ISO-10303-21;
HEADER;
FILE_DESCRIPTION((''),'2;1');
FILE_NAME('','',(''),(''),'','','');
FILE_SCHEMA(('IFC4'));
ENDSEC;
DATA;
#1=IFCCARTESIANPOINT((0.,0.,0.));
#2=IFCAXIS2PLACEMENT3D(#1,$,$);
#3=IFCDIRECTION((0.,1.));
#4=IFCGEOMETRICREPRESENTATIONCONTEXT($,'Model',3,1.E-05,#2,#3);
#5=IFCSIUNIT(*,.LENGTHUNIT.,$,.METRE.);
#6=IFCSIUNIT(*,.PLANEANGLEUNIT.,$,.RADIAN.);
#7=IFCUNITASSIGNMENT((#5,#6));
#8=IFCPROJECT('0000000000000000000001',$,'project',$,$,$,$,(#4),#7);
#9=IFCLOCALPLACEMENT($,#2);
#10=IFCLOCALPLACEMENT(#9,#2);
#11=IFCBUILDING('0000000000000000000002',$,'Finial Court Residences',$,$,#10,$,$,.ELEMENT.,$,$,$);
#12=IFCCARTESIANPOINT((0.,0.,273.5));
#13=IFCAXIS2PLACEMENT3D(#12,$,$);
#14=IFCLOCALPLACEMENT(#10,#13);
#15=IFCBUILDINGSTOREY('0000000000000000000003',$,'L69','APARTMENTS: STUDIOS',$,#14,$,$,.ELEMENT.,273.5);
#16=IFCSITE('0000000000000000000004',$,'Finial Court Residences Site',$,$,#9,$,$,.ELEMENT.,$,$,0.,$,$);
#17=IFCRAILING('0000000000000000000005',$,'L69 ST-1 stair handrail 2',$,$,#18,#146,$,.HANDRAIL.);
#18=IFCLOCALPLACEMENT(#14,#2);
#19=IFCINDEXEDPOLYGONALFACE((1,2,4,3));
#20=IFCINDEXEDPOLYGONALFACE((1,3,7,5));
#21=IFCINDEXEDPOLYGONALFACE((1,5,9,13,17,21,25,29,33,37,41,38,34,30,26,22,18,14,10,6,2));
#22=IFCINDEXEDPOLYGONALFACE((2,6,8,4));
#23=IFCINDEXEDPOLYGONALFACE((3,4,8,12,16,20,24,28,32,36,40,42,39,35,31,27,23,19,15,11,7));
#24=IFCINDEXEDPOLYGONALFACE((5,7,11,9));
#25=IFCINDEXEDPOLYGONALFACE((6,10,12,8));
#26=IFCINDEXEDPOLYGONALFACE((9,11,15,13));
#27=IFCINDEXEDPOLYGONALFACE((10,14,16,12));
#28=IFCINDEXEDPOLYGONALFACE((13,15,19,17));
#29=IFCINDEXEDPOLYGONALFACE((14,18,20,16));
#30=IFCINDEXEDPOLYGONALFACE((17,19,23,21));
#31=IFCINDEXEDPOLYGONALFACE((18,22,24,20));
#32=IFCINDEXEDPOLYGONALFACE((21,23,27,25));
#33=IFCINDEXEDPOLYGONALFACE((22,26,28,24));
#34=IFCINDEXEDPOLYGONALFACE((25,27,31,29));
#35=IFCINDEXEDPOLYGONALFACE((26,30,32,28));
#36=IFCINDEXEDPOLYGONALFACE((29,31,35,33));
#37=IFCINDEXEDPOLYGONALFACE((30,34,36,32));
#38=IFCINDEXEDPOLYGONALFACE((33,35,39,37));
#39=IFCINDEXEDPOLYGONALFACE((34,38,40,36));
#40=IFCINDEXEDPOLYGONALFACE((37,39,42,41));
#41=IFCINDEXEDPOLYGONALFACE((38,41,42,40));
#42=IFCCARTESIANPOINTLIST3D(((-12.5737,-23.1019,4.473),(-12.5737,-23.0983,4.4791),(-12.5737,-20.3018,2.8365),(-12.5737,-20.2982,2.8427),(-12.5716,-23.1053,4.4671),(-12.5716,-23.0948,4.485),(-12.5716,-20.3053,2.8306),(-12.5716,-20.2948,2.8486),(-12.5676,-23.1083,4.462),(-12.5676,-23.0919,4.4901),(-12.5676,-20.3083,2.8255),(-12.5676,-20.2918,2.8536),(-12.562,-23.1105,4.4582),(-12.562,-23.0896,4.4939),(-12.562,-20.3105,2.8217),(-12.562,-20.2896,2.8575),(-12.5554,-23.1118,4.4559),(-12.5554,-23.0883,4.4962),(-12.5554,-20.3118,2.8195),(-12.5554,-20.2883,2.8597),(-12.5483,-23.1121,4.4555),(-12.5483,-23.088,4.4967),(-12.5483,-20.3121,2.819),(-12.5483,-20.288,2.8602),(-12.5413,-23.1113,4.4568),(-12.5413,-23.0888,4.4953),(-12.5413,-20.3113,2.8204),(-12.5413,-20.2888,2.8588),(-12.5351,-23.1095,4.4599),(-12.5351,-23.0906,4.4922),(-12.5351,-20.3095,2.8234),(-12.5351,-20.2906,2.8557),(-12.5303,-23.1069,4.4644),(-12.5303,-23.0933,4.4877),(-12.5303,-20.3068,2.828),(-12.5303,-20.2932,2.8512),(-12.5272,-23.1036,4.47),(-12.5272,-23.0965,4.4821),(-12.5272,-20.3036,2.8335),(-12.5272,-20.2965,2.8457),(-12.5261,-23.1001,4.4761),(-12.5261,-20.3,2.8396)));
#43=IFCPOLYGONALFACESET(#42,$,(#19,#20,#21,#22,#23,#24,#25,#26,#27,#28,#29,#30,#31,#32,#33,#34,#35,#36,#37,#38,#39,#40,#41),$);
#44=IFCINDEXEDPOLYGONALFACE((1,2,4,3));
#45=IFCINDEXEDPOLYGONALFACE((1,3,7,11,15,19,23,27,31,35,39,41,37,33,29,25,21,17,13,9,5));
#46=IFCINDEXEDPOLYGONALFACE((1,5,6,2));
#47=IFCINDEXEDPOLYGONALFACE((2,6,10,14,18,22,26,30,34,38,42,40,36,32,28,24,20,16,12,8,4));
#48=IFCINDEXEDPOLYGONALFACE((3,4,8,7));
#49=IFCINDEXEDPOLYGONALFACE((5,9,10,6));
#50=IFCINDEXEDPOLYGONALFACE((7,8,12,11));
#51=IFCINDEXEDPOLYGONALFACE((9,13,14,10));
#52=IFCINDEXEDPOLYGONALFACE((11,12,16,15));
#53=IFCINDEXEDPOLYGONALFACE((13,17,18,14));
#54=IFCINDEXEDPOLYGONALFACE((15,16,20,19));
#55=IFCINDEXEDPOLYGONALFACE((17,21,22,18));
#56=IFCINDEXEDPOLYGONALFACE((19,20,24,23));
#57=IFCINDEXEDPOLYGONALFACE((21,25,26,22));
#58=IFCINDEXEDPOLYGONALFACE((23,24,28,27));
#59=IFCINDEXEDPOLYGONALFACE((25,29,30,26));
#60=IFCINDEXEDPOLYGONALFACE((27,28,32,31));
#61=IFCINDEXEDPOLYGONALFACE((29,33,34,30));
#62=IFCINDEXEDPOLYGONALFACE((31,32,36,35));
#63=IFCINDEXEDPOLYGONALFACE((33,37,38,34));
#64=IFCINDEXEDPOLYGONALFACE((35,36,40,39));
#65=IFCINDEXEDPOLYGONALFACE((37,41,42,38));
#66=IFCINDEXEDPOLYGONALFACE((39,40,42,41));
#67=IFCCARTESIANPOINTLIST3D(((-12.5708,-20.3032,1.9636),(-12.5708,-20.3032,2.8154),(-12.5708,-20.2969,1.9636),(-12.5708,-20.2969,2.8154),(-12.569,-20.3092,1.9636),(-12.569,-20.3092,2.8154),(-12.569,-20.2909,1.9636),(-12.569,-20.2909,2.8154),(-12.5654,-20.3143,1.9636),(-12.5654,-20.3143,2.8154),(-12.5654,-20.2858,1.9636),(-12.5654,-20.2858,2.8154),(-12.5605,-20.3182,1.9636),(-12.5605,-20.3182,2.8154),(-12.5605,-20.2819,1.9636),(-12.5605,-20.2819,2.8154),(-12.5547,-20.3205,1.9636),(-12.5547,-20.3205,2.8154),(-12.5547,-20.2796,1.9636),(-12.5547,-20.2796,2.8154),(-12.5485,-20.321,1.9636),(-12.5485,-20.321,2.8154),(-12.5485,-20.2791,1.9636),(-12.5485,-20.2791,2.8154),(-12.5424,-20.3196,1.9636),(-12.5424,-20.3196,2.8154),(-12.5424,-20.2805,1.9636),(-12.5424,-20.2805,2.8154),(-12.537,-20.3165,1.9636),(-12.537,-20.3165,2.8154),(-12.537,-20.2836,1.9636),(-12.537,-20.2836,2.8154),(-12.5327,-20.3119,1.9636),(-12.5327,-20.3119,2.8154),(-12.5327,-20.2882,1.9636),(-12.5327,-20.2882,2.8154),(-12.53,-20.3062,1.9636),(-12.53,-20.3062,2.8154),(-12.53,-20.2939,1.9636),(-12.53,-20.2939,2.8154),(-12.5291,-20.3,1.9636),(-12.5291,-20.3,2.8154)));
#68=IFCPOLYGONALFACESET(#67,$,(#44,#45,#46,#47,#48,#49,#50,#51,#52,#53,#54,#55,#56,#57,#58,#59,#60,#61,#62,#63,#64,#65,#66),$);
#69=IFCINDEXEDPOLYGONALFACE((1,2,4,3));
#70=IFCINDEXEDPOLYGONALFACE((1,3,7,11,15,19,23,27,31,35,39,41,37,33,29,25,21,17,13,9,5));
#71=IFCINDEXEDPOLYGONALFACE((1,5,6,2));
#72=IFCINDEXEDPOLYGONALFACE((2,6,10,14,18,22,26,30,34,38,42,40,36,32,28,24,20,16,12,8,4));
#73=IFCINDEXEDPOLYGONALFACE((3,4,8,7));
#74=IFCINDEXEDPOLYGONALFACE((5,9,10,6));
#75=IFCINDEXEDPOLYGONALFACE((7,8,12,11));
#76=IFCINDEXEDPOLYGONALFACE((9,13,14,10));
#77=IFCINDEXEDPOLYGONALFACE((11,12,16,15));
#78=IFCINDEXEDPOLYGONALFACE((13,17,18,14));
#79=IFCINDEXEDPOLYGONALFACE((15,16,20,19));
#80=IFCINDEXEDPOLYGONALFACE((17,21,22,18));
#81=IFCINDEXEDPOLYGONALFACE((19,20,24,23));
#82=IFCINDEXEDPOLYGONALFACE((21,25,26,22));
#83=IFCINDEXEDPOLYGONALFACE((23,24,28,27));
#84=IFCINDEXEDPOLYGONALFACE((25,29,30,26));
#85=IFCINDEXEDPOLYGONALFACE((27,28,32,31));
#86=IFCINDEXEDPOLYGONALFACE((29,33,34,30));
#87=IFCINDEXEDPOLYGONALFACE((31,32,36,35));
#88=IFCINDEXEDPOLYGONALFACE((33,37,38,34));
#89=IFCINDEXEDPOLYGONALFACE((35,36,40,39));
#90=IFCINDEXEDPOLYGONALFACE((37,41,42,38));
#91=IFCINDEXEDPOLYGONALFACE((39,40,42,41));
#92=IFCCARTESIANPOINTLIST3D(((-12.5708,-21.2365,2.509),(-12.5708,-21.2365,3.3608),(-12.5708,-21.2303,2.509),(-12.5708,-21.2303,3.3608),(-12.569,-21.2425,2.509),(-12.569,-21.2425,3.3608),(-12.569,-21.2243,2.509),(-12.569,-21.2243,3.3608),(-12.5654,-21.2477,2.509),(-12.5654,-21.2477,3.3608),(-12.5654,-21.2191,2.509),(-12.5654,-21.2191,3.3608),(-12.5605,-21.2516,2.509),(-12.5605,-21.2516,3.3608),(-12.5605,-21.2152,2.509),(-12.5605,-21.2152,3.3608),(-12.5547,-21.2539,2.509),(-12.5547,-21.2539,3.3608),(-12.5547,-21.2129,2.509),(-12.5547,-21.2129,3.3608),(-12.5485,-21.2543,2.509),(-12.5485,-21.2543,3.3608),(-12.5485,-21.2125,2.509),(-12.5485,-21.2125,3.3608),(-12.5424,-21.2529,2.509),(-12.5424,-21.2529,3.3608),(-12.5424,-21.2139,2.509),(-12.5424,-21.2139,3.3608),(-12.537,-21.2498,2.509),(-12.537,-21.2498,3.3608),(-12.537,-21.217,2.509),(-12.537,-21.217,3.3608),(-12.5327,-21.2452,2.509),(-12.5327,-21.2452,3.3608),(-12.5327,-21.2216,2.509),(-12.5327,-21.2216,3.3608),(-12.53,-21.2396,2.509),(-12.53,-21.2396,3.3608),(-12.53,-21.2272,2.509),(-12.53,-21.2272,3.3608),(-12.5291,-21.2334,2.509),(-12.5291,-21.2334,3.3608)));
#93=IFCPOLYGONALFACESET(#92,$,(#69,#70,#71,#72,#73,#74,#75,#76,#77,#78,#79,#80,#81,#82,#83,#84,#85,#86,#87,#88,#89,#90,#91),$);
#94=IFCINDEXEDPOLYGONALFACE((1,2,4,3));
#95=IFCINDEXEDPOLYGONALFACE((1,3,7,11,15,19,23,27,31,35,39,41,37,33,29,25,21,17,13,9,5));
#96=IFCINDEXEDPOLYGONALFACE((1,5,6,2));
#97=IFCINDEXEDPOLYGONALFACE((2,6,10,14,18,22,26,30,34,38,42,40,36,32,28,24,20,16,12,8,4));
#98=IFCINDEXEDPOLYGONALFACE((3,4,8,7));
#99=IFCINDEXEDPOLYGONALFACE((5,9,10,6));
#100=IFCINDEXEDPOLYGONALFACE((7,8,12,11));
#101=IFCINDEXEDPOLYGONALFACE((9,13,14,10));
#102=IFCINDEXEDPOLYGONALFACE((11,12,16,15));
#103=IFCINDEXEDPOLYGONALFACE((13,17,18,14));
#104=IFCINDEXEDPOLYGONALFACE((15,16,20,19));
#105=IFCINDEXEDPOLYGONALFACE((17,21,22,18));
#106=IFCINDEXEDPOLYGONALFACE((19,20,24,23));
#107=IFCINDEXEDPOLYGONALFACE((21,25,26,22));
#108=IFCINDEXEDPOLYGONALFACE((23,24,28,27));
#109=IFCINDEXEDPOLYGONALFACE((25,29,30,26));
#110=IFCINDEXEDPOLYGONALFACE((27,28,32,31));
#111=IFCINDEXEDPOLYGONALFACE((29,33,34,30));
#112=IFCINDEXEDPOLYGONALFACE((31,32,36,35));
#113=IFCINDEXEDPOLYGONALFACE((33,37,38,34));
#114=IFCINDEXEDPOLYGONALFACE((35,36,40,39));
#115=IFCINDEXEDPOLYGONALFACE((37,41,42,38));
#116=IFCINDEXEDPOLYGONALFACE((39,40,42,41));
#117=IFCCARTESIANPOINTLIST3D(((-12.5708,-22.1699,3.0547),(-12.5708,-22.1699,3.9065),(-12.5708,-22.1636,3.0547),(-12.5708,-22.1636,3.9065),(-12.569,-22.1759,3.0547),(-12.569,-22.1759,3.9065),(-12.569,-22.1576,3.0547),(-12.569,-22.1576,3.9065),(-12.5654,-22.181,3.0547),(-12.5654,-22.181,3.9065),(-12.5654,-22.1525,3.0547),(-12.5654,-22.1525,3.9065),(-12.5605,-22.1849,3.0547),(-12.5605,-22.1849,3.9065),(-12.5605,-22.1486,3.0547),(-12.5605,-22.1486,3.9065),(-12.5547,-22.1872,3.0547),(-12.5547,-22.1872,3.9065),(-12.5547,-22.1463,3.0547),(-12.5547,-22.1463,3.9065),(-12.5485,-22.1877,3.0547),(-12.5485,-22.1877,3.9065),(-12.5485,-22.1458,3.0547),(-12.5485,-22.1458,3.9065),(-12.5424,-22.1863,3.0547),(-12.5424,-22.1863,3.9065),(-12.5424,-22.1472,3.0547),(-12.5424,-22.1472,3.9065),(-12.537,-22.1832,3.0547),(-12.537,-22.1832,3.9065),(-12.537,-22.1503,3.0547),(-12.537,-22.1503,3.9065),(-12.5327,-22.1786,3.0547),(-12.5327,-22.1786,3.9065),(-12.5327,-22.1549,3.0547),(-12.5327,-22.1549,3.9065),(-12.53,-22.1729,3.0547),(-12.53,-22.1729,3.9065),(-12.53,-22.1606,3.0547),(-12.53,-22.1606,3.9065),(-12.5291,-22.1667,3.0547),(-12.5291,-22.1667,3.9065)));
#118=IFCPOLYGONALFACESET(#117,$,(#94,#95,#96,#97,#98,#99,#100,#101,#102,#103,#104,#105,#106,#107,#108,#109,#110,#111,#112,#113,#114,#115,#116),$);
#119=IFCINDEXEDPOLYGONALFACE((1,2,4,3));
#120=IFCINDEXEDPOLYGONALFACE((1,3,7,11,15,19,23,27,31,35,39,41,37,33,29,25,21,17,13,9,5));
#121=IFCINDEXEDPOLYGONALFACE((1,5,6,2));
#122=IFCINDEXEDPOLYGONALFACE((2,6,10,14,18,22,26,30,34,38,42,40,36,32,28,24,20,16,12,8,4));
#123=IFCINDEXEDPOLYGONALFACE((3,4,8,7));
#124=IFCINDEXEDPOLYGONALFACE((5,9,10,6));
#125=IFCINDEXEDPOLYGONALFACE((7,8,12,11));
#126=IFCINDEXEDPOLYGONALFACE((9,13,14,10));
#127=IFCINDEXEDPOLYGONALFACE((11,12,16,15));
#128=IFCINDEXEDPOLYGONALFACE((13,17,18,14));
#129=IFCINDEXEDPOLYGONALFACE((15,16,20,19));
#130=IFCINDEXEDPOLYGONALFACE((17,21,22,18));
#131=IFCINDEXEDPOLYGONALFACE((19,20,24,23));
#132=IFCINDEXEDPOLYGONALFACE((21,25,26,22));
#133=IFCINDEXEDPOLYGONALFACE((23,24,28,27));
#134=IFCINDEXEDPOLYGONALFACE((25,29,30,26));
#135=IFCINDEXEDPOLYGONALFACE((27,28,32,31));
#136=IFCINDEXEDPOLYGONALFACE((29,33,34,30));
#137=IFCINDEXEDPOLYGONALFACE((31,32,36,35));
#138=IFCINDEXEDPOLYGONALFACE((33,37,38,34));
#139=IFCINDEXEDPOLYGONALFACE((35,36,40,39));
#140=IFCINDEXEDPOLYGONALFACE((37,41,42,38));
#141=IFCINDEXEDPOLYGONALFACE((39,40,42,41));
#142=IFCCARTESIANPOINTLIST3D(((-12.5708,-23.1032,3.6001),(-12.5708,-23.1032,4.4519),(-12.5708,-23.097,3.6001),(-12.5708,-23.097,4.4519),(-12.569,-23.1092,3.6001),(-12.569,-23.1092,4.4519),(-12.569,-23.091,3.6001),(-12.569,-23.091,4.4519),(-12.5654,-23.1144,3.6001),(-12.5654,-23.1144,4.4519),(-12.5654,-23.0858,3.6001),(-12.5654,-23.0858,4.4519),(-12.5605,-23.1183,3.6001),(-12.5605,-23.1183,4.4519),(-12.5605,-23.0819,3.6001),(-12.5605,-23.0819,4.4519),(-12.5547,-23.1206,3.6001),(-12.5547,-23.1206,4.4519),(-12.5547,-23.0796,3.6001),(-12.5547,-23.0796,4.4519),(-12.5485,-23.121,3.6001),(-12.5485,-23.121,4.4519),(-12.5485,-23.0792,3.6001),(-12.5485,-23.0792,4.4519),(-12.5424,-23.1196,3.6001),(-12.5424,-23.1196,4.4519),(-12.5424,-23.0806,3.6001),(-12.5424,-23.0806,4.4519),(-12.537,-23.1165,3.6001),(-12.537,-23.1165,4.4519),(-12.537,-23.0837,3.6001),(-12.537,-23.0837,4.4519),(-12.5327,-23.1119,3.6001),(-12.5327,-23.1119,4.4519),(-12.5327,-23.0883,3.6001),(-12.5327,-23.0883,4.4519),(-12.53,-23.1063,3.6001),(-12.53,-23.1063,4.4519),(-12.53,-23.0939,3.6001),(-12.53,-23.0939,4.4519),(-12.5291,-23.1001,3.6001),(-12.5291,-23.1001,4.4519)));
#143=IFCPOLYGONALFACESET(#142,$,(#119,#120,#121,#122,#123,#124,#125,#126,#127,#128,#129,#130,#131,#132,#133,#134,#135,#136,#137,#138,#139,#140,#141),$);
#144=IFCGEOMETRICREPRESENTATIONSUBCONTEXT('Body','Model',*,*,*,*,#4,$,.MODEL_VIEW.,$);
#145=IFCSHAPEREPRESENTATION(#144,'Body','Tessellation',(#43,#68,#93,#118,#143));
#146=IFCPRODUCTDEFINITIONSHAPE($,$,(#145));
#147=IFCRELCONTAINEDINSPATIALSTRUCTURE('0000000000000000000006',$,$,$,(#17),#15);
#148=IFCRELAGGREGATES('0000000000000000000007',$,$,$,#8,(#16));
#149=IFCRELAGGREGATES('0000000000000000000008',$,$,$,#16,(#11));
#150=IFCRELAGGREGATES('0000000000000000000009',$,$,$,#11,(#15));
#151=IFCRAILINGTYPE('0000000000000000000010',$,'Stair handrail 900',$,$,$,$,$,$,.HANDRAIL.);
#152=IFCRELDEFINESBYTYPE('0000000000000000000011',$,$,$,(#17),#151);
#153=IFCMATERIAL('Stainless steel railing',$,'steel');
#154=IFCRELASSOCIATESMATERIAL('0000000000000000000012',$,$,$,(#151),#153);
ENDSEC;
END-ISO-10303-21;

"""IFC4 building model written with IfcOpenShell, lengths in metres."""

from ifc_helpers import new_model, si_unit, direction, frame, origin, origin_2d, place, context, subcontext, project, spatial, circle, extrude, material, type_object, element, save


model = new_model("IFC4")

# Units and contexts
model_context = context("Model", 3, precision=1e-05, world=origin(), true_north=direction((0.0, 1.0)))
body_context = subcontext(model_context, "Body", "Model", "MODEL_VIEW")
ifc_project = project(units=[si_unit("LENGTHUNIT", "METRE"), si_unit("PLANEANGLEUNIT", "RADIAN")], contexts=[model_context])

# Site, building, storey
site_placement = place(None, origin())
site = spatial("IfcSite", under=ifc_project, at=site_placement, Name="Finial Court Residences Site", CompositionType="ELEMENT", RefElevation=0.0)
building_placement = place(site_placement, origin())
building = spatial("IfcBuilding", under=site, at=building_placement, Name="Finial Court Residences", CompositionType="ELEMENT")
storey_placement = place(building_placement, frame((0.0, 0.0, 273.5)))
storey = spatial("IfcBuildingStorey", under=building, at=storey_placement, Name="L69", Description="APARTMENTS: STUDIOS", CompositionType="ELEMENT", Elevation=273.5)

# Railing
ifc_material_1 = material(Name="Stainless steel railing", Category="steel")
railing_type_1 = type_object("IfcRailingType", Name="Stair handrail 900", PredefinedType="HANDRAIL", material=ifc_material_1)
railing_1_placement = place(storey_placement, frame((-12.55, -20.3, 1.9636)))
element("IfcRailing", 1, at=railing_1_placement, inside=storey, type_object=railing_type_1, Name="L69 ST-1 stair handrail 2", PredefinedType="HANDRAIL", context=body_context, shape_type="SweptSolid", body=[
    extrude(circle(Radius=0.0239, at=origin_2d()), frame((0.0, 0.0, 0.876), z_axis=(0.0, -0.863361, 0.504587), x_axis=(1.0, 0.0, 0.0)), (0.0, 0.0, 1.0), 3.2432),
    extrude(circle(Radius=0.021, at=origin_2d()), origin(), (0.0, 0.0, 1.0), 0.8518),
    extrude(circle(Radius=0.021, at=origin_2d()), frame((0.0, -0.9333, 0.5454)), (0.0, 0.0, 1.0), 0.8518),
    extrude(circle(Radius=0.021, at=origin_2d()), frame((0.0, -1.8667, 1.0911)), (0.0, 0.0, 1.0), 0.8518),
    extrude(circle(Radius=0.021, at=origin_2d()), frame((0.0, -2.8, 1.6365)), (0.0, 0.0, 1.0), 0.8518),
])

save(model, "model.ifc")
